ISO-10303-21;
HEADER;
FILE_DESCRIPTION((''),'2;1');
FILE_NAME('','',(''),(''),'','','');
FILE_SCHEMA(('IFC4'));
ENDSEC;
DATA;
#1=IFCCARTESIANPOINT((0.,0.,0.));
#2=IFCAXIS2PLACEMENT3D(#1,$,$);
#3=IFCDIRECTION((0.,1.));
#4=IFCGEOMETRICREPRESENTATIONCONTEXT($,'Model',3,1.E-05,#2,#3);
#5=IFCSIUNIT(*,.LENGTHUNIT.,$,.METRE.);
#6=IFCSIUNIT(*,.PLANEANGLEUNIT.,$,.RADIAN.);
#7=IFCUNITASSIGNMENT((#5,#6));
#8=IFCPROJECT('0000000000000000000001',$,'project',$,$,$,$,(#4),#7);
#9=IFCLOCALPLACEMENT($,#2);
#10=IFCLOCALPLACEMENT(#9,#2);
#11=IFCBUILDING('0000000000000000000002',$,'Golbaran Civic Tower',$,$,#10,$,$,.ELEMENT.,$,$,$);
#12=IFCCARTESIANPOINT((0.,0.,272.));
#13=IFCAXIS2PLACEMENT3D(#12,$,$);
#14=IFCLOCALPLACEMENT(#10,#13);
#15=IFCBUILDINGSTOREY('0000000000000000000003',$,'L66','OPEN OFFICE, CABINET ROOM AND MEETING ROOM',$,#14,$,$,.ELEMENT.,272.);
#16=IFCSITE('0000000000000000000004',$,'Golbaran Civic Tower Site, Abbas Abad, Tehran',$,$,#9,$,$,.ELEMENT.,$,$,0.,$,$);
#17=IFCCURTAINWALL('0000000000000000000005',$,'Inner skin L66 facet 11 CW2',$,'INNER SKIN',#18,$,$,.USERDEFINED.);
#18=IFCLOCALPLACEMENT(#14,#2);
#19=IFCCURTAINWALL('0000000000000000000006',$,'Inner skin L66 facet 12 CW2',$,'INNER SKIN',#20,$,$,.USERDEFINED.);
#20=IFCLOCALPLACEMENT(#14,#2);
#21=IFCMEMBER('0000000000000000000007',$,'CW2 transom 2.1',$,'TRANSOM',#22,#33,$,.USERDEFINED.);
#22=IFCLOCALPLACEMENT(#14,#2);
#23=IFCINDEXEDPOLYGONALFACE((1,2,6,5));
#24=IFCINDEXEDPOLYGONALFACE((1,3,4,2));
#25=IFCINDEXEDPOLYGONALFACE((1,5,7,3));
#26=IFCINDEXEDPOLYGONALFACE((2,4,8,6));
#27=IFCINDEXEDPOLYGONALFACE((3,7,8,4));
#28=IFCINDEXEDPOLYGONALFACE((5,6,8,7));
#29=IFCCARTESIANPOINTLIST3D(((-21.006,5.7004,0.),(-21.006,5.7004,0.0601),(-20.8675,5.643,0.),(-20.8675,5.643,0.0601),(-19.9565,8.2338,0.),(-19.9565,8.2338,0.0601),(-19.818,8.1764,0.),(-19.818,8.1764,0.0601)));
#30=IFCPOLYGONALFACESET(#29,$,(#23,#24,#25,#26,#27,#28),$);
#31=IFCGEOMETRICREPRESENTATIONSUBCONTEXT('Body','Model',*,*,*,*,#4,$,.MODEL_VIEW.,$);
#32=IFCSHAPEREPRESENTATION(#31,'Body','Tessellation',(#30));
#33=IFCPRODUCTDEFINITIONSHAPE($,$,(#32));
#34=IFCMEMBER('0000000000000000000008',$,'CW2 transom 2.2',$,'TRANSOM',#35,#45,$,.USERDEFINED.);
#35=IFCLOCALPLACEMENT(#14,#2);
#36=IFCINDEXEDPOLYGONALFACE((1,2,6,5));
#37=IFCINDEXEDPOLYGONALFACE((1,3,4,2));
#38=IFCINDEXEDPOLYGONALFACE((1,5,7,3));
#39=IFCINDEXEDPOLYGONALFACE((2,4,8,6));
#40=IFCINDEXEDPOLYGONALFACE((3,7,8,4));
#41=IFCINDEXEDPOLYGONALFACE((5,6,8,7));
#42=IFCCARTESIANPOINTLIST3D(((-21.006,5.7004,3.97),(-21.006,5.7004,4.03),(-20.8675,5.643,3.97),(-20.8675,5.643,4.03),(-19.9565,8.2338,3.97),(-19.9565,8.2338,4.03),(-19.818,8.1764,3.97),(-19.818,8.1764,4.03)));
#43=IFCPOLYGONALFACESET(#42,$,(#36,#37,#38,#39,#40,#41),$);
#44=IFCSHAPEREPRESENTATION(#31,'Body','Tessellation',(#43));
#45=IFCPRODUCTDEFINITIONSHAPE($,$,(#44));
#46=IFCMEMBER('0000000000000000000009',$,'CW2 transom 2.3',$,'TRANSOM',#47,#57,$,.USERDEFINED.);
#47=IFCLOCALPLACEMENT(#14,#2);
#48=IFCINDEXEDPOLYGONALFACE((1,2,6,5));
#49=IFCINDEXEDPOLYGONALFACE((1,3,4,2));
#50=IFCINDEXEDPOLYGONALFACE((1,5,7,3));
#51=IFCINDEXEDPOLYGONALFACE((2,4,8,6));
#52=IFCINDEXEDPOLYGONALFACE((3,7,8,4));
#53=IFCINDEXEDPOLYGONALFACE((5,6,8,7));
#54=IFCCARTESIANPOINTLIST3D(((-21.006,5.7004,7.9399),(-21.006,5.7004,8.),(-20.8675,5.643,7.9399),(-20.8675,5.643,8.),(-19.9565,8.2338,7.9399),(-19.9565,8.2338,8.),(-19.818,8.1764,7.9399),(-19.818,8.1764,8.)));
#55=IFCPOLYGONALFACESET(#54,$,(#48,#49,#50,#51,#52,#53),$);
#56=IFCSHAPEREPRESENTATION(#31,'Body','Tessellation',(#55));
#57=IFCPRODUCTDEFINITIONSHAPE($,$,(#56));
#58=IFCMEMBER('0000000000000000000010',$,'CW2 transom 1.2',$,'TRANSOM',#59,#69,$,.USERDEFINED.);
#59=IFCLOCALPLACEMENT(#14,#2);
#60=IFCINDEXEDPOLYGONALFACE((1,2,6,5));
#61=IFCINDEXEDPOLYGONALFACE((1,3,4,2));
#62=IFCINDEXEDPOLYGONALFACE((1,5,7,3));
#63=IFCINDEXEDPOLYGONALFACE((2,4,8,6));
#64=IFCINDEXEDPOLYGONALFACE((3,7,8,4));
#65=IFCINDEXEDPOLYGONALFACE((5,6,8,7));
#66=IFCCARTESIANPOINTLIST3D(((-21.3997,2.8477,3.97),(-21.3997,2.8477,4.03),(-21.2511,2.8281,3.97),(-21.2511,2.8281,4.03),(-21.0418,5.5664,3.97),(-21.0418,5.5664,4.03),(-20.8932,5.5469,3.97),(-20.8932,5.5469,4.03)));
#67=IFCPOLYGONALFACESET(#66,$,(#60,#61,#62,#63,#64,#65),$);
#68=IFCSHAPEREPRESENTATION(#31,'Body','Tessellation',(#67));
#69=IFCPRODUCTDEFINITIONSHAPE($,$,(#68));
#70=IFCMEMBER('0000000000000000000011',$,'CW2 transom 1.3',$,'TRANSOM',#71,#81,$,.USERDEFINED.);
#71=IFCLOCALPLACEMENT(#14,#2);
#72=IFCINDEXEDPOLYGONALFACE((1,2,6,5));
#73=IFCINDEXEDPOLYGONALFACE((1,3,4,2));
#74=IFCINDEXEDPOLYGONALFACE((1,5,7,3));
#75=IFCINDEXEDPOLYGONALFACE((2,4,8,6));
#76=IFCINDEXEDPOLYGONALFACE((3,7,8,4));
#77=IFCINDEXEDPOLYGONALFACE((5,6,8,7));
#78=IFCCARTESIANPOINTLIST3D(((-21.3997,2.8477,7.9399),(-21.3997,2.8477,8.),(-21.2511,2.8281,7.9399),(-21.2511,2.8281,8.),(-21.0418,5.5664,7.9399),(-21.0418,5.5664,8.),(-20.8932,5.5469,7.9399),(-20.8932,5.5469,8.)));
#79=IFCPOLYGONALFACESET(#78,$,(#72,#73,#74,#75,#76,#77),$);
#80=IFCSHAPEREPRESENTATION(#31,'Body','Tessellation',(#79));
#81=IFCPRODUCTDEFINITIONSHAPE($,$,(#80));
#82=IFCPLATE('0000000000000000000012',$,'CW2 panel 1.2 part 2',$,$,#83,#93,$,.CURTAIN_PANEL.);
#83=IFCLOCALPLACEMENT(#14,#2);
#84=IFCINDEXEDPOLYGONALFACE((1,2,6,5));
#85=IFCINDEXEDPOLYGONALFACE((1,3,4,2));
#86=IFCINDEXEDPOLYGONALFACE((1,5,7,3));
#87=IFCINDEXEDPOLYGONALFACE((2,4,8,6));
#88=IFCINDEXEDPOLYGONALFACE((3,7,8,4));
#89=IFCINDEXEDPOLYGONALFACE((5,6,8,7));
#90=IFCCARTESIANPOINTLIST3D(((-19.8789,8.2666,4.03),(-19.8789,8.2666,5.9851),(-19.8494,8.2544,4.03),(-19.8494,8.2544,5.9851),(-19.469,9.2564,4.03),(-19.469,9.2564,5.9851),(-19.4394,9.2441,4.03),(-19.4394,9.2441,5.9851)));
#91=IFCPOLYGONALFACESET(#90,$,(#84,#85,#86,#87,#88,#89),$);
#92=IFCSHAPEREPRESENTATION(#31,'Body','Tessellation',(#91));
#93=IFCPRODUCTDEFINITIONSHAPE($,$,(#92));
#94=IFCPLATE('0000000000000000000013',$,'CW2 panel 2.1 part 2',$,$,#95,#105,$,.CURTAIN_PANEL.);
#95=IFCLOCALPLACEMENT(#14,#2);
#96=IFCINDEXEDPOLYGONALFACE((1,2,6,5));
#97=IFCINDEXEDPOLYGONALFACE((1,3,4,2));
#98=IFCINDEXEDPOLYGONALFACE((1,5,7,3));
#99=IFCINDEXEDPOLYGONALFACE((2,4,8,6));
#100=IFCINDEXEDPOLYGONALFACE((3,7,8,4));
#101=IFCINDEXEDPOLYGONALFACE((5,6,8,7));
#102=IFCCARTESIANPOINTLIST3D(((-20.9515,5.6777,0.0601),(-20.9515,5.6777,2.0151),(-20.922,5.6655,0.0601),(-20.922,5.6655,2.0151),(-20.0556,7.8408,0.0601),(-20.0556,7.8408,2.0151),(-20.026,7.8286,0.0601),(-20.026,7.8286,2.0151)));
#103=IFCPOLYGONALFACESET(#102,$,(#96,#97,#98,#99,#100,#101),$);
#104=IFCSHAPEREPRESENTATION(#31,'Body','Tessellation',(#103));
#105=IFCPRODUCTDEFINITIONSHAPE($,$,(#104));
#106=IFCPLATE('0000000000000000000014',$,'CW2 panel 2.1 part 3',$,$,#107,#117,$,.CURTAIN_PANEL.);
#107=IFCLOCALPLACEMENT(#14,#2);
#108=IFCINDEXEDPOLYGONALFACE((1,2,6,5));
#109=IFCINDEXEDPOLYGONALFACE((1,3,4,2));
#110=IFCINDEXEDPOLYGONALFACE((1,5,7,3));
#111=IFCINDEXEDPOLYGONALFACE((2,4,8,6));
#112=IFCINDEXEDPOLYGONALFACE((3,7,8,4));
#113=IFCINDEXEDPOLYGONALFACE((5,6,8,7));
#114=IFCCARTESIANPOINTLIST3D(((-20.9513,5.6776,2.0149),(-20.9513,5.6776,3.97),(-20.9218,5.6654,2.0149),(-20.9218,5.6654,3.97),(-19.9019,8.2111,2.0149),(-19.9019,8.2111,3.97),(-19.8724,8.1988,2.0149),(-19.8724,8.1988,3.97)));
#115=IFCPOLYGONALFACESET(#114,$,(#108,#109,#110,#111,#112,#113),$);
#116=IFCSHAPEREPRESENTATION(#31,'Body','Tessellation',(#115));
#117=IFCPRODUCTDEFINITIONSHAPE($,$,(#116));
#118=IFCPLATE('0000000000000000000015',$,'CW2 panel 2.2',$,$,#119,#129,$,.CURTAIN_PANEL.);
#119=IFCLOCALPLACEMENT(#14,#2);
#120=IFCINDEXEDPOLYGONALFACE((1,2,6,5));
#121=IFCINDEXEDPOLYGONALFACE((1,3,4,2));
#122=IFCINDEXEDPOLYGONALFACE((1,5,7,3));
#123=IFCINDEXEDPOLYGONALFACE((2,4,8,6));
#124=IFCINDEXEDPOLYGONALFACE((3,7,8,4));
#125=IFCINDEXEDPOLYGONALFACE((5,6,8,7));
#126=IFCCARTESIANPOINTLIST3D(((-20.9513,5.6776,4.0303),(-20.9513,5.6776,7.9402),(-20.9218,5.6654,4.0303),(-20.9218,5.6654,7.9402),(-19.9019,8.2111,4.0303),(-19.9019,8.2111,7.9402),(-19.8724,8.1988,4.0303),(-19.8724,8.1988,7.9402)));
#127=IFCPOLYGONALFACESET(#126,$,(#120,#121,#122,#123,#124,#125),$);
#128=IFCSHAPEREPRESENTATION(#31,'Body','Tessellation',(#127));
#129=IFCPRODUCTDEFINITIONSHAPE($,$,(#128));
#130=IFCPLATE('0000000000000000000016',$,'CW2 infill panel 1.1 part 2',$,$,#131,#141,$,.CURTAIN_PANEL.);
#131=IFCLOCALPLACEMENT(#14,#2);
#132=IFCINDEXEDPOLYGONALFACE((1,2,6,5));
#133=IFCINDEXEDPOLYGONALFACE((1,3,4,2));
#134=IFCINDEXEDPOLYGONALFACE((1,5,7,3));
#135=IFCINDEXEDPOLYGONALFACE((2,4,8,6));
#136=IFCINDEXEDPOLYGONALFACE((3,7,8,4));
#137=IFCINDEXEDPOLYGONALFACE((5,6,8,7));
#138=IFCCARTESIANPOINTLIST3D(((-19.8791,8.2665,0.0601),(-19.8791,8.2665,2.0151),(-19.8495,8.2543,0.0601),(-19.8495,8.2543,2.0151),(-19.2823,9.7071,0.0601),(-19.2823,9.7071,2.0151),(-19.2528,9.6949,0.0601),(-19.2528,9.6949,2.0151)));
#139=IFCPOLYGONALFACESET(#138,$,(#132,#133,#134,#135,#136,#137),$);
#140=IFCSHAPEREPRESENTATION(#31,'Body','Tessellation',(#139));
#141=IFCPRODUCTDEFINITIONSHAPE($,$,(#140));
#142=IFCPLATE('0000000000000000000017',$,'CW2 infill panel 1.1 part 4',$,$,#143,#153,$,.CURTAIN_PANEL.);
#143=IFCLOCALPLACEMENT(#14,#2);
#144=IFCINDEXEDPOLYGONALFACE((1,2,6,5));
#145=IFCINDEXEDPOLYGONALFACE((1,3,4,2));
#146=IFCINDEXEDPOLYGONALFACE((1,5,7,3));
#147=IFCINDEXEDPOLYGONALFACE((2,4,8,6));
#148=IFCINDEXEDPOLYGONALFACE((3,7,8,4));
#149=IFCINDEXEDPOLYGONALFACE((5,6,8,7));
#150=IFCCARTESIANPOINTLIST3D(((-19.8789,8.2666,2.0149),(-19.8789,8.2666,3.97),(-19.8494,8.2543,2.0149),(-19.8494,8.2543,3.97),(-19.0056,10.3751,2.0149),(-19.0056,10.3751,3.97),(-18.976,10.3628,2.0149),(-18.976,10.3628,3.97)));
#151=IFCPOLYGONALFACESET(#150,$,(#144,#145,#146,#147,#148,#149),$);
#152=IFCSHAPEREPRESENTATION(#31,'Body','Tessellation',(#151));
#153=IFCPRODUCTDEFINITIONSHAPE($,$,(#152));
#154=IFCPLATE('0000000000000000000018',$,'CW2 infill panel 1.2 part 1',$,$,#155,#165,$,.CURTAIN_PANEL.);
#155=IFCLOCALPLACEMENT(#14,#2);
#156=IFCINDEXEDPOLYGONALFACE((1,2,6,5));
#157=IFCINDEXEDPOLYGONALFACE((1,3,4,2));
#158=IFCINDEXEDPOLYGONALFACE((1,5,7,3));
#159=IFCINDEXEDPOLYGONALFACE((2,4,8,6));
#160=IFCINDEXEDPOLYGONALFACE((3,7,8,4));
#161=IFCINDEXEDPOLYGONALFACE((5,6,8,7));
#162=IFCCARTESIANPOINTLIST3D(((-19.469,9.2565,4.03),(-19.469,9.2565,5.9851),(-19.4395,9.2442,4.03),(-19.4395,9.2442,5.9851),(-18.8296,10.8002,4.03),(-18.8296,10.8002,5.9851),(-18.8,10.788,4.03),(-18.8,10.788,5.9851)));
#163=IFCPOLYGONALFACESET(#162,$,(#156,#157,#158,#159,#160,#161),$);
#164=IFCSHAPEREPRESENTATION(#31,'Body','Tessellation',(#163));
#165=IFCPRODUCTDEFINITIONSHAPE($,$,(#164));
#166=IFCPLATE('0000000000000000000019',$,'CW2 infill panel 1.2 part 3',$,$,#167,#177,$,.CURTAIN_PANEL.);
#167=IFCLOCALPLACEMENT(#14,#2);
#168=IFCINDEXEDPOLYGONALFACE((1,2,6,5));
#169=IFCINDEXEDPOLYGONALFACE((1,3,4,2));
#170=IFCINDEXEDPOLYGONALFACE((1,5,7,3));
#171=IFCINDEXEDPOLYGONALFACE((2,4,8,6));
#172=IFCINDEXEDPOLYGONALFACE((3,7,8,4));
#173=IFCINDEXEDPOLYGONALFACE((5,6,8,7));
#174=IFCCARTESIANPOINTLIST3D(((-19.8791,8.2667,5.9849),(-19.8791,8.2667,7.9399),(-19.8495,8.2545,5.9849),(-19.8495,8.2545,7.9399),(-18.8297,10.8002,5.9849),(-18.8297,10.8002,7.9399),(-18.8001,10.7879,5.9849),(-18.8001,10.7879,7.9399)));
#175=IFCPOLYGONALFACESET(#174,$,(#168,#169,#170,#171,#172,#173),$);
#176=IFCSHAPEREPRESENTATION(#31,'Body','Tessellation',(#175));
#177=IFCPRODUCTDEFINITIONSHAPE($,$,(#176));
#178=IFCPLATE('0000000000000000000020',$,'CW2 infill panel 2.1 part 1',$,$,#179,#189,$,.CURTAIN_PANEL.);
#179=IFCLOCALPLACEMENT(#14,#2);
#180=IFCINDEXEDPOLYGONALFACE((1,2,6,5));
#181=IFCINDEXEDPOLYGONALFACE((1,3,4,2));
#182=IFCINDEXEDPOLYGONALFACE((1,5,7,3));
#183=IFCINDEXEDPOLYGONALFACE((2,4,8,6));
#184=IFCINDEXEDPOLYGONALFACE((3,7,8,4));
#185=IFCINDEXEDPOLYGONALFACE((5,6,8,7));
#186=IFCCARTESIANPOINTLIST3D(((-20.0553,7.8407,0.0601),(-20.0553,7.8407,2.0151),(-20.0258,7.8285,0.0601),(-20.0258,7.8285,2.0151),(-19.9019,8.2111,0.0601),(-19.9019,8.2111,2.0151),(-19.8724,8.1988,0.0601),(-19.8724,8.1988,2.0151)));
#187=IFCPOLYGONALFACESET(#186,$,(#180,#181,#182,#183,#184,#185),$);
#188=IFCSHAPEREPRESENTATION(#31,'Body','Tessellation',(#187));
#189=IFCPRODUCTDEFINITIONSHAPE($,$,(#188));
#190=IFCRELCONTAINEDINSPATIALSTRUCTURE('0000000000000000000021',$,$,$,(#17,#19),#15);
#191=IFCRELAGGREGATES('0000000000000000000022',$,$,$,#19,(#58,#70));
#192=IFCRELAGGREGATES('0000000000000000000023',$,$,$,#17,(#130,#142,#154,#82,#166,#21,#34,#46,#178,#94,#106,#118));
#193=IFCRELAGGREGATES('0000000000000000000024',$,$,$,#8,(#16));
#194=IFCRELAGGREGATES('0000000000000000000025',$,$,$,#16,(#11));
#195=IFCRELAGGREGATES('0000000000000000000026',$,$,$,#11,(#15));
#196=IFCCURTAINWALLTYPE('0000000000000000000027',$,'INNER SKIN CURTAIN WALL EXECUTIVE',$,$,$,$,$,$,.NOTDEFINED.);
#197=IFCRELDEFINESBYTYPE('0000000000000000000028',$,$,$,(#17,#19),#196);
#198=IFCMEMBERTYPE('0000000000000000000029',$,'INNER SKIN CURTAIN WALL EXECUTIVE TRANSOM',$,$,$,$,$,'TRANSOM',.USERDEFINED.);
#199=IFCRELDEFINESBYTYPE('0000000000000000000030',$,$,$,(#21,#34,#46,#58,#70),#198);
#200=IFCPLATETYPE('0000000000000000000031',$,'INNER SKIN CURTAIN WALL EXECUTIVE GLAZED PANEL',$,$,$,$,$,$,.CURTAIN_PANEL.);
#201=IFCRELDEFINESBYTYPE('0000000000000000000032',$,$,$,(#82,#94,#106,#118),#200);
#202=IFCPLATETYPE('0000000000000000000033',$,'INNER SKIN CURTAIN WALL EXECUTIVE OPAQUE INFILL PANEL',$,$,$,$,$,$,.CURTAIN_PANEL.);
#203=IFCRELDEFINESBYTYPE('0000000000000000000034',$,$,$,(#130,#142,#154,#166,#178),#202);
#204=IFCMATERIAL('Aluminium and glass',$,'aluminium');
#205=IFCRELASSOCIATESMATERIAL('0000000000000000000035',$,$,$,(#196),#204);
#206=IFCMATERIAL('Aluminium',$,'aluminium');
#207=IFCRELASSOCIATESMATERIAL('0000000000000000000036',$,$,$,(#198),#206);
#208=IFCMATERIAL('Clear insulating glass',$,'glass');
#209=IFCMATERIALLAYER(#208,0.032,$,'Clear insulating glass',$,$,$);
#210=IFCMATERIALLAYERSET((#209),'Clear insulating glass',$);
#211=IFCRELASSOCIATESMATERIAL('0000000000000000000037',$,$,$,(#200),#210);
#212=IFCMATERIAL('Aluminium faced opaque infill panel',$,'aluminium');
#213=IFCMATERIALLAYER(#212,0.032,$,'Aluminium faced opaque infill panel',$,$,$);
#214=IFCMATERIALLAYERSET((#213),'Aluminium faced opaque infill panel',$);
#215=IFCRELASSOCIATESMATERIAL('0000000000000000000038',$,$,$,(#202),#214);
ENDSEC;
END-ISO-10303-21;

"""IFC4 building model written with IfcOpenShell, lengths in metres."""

from ifc_helpers import new_model, si_unit, direction, frame, origin, origin_2d, place, context, subcontext, project, spatial, rectangle, extrude, material, layer, layer_set, material_profile, profile_set, type_object, element, aggregate, save


model = new_model("IFC4")

# Units and contexts
model_context = context("Model", 3, precision=1e-05, world=origin(), true_north=direction((0.0, 1.0)))
body_context = subcontext(model_context, "Body", "Model", "MODEL_VIEW")
ifc_project = project(units=[si_unit("LENGTHUNIT", "METRE"), si_unit("PLANEANGLEUNIT", "RADIAN")], contexts=[model_context])

# Site, building, storey
site_placement = place(None, origin())
site = spatial("IfcSite", under=ifc_project, at=site_placement, Name="Golbaran Civic Tower Site, Abbas Abad, Tehran", CompositionType="ELEMENT", RefElevation=0.0)
building_placement = place(site_placement, origin())
building = spatial("IfcBuilding", under=site, at=building_placement, Name="Golbaran Civic Tower", CompositionType="ELEMENT")
storey_placement = place(building_placement, frame((0.0, 0.0, 272.0)))
storey = spatial("IfcBuildingStorey", under=building, at=storey_placement, Name="L66", Description="OPEN OFFICE, CABINET ROOM AND MEETING ROOM", CompositionType="ELEMENT", Elevation=272.0)

# Curtain wall
ifc_material_1 = material(Name="Aluminium and glass", Category="aluminium")
curtain_wall_type = type_object("IfcCurtainWallType", Name="INNER SKIN CURTAIN WALL EXECUTIVE", PredefinedType="NOTDEFINED", material=ifc_material_1)
curtain_wall_1_placement = place(storey_placement, origin())
curtain_wall_1 = element("IfcCurtainWall", 1, at=curtain_wall_1_placement, inside=storey, type_object=curtain_wall_type, Name="Inner skin L66 facet 11 CW2", ObjectType="INNER SKIN", PredefinedType="USERDEFINED")
ifc_material_2 = material(Name="Aluminium", Category="aluminium")

# Curtain wall
curtain_wall_2_placement = place(storey_placement, origin())
curtain_wall_2 = element("IfcCurtainWall", 2, at=curtain_wall_2_placement, inside=storey, type_object=curtain_wall_type, Name="Inner skin L66 facet 12 CW2", ObjectType="INNER SKIN", PredefinedType="USERDEFINED")

# Members
ifc_material_profile_1 = material_profile(ifc_material_2, rectangle(XDim=0.1499, YDim=0.0601, at=origin_2d()), Name="INNER SKIN CURTAIN WALL EXECUTIVE TRANSOM")
ifc_profile_set_1 = profile_set([ifc_material_profile_1], Name="Aluminium")
member_type_1 = type_object("IfcMemberType", Name="INNER SKIN CURTAIN WALL EXECUTIVE TRANSOM", ElementType="TRANSOM", PredefinedType="USERDEFINED", material=ifc_profile_set_1)
member_1_placement = place(storey_placement, frame((-19.8872, 8.2051, 0.03), z_axis=(-0.382737, -0.923857, 0.0), x_axis=(0.923857, -0.382737, 0.0)))
member_1 = element("IfcMember", 3, at=member_1_placement, type_object=member_type_1, Name="CW2 transom 2.1", ObjectType="TRANSOM", PredefinedType="USERDEFINED", context=body_context, shape_type="SweptSolid", body=[
    extrude(rectangle(XDim=0.1499, YDim=0.0601, at=origin_2d()), origin(), (0.0, 0.0, 1.0), 2.7422),
])
member_2_placement = place(storey_placement, frame((-19.8872, 8.2051, 4.0), z_axis=(-0.382737, -0.923857, 0.0), x_axis=(0.923857, -0.382737, 0.0)))
member_2 = element("IfcMember", 4, at=member_2_placement, type_object=member_type_1, Name="CW2 transom 2.2", ObjectType="TRANSOM", PredefinedType="USERDEFINED", context=body_context, shape_type="SweptSolid", body=[
    extrude(rectangle(XDim=0.1499, YDim=0.0601, at=origin_2d()), origin(), (0.0, 0.0, 1.0), 2.7422),
])
member_3_placement = place(storey_placement, frame((-19.8872, 8.2051, 7.97), z_axis=(-0.382737, -0.923857, 0.0), x_axis=(0.923857, -0.382737, 0.0)))
member_3 = element("IfcMember", 5, at=member_3_placement, type_object=member_type_1, Name="CW2 transom 2.3", ObjectType="TRANSOM", PredefinedType="USERDEFINED", context=body_context, shape_type="SweptSolid", body=[
    extrude(rectangle(XDim=0.1499, YDim=0.0601, at=origin_2d()), origin(), (0.0, 0.0, 1.0), 2.7422),
])
member_4_placement = place(storey_placement, frame((-20.9675, 5.5566, 4.0), z_axis=(-0.130519, -0.991446, 0.0), x_axis=(0.991446, -0.130519, 0.0)))
member_4 = element("IfcMember", 6, at=member_4_placement, type_object=member_type_1, Name="CW2 transom 1.2", ObjectType="TRANSOM", PredefinedType="USERDEFINED", context=body_context, shape_type="SweptSolid", body=[
    extrude(rectangle(XDim=0.1499, YDim=0.0601, at=origin_2d()), origin(), (0.0, 0.0, 1.0), 2.7422),
])
member_5_placement = place(storey_placement, frame((-20.9675, 5.5566, 7.97), z_axis=(-0.130519, -0.991446, 0.0), x_axis=(0.991446, -0.130519, 0.0)))
member_5 = element("IfcMember", 7, at=member_5_placement, type_object=member_type_1, Name="CW2 transom 1.3", ObjectType="TRANSOM", PredefinedType="USERDEFINED", context=body_context, shape_type="SweptSolid", body=[
    extrude(rectangle(XDim=0.1499, YDim=0.0601, at=origin_2d()), origin(), (0.0, 0.0, 1.0), 2.7422),
])
aggregate(curtain_wall_2, [member_4, member_5])

# Plates
ifc_material_3 = material(Name="Clear insulating glass", Category="glass")
ifc_layer_1 = layer(ifc_material_3, 0.032, Name="Clear insulating glass")
ifc_layer_set_1 = layer_set([ifc_layer_1], Name="Clear insulating glass")
plate_type_1 = type_object("IfcPlateType", Name="INNER SKIN CURTAIN WALL EXECUTIVE GLAZED PANEL", PredefinedType="CURTAIN_PANEL", material=ifc_layer_set_1)
plate_1_placement = place(storey_placement, frame((-19.6592, 8.7554, 4.03), z_axis=(0.0, 0.0, 1.0), x_axis=(-0.382683, -0.92388, 0.0)))
plate_1 = element("IfcPlate", 8, at=plate_1_placement, type_object=plate_type_1, Name="CW2 panel 1.2 part 2", PredefinedType="CURTAIN_PANEL", context=body_context, shape_type="SweptSolid", body=[
    extrude(rectangle(XDim=1.0713, YDim=0.032, at=origin_2d()), origin(), (0.0, 0.0, 1.0), 1.9551),
])
plate_2_placement = place(storey_placement, frame((-20.4888, 6.7532, 0.0601), z_axis=(0.0, 0.0, 1.0), x_axis=(-0.382683, -0.92388, 0.0)))
plate_2 = element("IfcPlate", 9, at=plate_2_placement, type_object=plate_type_1, Name="CW2 panel 2.1 part 2", PredefinedType="CURTAIN_PANEL", context=body_context, shape_type="SweptSolid", body=[
    extrude(rectangle(XDim=2.3413, YDim=0.032, at=origin_2d()), origin(), (0.0, 0.0, 1.0), 1.9551),
])
plate_3_placement = place(storey_placement, frame((-20.4119, 6.9382, 2.0149), z_axis=(0.0, 0.0, 1.0), x_axis=(-0.382683, -0.92388, 0.0)))
plate_3 = element("IfcPlate", 10, at=plate_3_placement, type_object=plate_type_1, Name="CW2 panel 2.1 part 3", PredefinedType="CURTAIN_PANEL", context=body_context, shape_type="SweptSolid", body=[
    extrude(rectangle(XDim=2.7422, YDim=0.032, at=origin_2d()), origin(), (0.0, 0.0, 1.0), 1.9551),
])
plate_4_placement = place(storey_placement, frame((-20.4119, 6.9382, 4.0303), z_axis=(0.0, 0.0, 1.0), x_axis=(-0.382683, -0.92388, 0.0)))
plate_4 = element("IfcPlate", 11, at=plate_4_placement, type_object=plate_type_1, Name="CW2 panel 2.2", PredefinedType="CURTAIN_PANEL", context=body_context, shape_type="SweptSolid", body=[
    extrude(rectangle(XDim=2.7422, YDim=0.032, at=origin_2d()), origin(), (0.0, 0.0, 1.0), 3.9099),
])
ifc_material_4 = material(Name="Aluminium faced opaque infill panel", Category="aluminium")
ifc_layer_2 = layer(ifc_material_4, 0.032, Name="Aluminium faced opaque infill panel")
ifc_layer_set_2 = layer_set([ifc_layer_2], Name="Aluminium faced opaque infill panel")
plate_type_2 = type_object("IfcPlateType", Name="INNER SKIN CURTAIN WALL EXECUTIVE OPAQUE INFILL PANEL", PredefinedType="CURTAIN_PANEL", material=ifc_layer_set_2)
plate_5_placement = place(storey_placement, frame((-19.5659, 8.9807, 0.0601), z_axis=(0.0, 0.0, 1.0), x_axis=(-0.382683, -0.92388, 0.0)))
plate_5 = element("IfcPlate", 12, at=plate_5_placement, type_object=plate_type_2, Name="CW2 infill panel 1.1 part 2", PredefinedType="CURTAIN_PANEL", context=body_context, shape_type="SweptSolid", body=[
    extrude(rectangle(XDim=1.5593, YDim=0.032, at=origin_2d()), origin(), (0.0, 0.0, 1.0), 1.9551),
])
plate_6_placement = place(storey_placement, frame((-19.4275, 9.3147, 2.0149), z_axis=(0.0, 0.0, 1.0), x_axis=(-0.382683, -0.92388, 0.0)))
plate_6 = element("IfcPlate", 13, at=plate_6_placement, type_object=plate_type_2, Name="CW2 infill panel 1.1 part 4", PredefinedType="CURTAIN_PANEL", context=body_context, shape_type="SweptSolid", body=[
    extrude(rectangle(XDim=2.2822, YDim=0.032, at=origin_2d()), origin(), (0.0, 0.0, 1.0), 1.9551),
])
plate_7_placement = place(storey_placement, frame((-19.1345, 10.0222, 4.03), z_axis=(0.0, 0.0, 1.0), x_axis=(-0.382683, -0.92388, 0.0)))
plate_7 = element("IfcPlate", 14, at=plate_7_placement, type_object=plate_type_2, Name="CW2 infill panel 1.2 part 1", PredefinedType="CURTAIN_PANEL", context=body_context, shape_type="SweptSolid", body=[
    extrude(rectangle(XDim=1.6709, YDim=0.032, at=origin_2d()), origin(), (0.0, 0.0, 1.0), 1.9551),
])
plate_8_placement = place(storey_placement, frame((-19.3396, 9.5273, 5.9849), z_axis=(0.0, 0.0, 1.0), x_axis=(-0.382683, -0.92388, 0.0)))
plate_8 = element("IfcPlate", 15, at=plate_8_placement, type_object=plate_type_2, Name="CW2 infill panel 1.2 part 3", PredefinedType="CURTAIN_PANEL", context=body_context, shape_type="SweptSolid", body=[
    extrude(rectangle(XDim=2.7422, YDim=0.032, at=origin_2d()), origin(), (0.0, 0.0, 1.0), 1.9551),
])
plate_9_placement = place(storey_placement, frame((-19.9639, 8.0198, 0.0601), z_axis=(0.0, 0.0, 1.0), x_axis=(-0.382683, -0.92388, 0.0)))
plate_9 = element("IfcPlate", 16, at=plate_9_placement, type_object=plate_type_2, Name="CW2 infill panel 2.1 part 1", PredefinedType="CURTAIN_PANEL", context=body_context, shape_type="SweptSolid", body=[
    extrude(rectangle(XDim=0.4009, YDim=0.032, at=origin_2d()), origin(), (0.0, 0.0, 1.0), 1.9551),
])
aggregate(curtain_wall_1, [plate_5, plate_6, plate_7, plate_1, plate_8, member_1, member_2, member_3, plate_9, plate_2, plate_3, plate_4])

save(model, "model.ifc")
